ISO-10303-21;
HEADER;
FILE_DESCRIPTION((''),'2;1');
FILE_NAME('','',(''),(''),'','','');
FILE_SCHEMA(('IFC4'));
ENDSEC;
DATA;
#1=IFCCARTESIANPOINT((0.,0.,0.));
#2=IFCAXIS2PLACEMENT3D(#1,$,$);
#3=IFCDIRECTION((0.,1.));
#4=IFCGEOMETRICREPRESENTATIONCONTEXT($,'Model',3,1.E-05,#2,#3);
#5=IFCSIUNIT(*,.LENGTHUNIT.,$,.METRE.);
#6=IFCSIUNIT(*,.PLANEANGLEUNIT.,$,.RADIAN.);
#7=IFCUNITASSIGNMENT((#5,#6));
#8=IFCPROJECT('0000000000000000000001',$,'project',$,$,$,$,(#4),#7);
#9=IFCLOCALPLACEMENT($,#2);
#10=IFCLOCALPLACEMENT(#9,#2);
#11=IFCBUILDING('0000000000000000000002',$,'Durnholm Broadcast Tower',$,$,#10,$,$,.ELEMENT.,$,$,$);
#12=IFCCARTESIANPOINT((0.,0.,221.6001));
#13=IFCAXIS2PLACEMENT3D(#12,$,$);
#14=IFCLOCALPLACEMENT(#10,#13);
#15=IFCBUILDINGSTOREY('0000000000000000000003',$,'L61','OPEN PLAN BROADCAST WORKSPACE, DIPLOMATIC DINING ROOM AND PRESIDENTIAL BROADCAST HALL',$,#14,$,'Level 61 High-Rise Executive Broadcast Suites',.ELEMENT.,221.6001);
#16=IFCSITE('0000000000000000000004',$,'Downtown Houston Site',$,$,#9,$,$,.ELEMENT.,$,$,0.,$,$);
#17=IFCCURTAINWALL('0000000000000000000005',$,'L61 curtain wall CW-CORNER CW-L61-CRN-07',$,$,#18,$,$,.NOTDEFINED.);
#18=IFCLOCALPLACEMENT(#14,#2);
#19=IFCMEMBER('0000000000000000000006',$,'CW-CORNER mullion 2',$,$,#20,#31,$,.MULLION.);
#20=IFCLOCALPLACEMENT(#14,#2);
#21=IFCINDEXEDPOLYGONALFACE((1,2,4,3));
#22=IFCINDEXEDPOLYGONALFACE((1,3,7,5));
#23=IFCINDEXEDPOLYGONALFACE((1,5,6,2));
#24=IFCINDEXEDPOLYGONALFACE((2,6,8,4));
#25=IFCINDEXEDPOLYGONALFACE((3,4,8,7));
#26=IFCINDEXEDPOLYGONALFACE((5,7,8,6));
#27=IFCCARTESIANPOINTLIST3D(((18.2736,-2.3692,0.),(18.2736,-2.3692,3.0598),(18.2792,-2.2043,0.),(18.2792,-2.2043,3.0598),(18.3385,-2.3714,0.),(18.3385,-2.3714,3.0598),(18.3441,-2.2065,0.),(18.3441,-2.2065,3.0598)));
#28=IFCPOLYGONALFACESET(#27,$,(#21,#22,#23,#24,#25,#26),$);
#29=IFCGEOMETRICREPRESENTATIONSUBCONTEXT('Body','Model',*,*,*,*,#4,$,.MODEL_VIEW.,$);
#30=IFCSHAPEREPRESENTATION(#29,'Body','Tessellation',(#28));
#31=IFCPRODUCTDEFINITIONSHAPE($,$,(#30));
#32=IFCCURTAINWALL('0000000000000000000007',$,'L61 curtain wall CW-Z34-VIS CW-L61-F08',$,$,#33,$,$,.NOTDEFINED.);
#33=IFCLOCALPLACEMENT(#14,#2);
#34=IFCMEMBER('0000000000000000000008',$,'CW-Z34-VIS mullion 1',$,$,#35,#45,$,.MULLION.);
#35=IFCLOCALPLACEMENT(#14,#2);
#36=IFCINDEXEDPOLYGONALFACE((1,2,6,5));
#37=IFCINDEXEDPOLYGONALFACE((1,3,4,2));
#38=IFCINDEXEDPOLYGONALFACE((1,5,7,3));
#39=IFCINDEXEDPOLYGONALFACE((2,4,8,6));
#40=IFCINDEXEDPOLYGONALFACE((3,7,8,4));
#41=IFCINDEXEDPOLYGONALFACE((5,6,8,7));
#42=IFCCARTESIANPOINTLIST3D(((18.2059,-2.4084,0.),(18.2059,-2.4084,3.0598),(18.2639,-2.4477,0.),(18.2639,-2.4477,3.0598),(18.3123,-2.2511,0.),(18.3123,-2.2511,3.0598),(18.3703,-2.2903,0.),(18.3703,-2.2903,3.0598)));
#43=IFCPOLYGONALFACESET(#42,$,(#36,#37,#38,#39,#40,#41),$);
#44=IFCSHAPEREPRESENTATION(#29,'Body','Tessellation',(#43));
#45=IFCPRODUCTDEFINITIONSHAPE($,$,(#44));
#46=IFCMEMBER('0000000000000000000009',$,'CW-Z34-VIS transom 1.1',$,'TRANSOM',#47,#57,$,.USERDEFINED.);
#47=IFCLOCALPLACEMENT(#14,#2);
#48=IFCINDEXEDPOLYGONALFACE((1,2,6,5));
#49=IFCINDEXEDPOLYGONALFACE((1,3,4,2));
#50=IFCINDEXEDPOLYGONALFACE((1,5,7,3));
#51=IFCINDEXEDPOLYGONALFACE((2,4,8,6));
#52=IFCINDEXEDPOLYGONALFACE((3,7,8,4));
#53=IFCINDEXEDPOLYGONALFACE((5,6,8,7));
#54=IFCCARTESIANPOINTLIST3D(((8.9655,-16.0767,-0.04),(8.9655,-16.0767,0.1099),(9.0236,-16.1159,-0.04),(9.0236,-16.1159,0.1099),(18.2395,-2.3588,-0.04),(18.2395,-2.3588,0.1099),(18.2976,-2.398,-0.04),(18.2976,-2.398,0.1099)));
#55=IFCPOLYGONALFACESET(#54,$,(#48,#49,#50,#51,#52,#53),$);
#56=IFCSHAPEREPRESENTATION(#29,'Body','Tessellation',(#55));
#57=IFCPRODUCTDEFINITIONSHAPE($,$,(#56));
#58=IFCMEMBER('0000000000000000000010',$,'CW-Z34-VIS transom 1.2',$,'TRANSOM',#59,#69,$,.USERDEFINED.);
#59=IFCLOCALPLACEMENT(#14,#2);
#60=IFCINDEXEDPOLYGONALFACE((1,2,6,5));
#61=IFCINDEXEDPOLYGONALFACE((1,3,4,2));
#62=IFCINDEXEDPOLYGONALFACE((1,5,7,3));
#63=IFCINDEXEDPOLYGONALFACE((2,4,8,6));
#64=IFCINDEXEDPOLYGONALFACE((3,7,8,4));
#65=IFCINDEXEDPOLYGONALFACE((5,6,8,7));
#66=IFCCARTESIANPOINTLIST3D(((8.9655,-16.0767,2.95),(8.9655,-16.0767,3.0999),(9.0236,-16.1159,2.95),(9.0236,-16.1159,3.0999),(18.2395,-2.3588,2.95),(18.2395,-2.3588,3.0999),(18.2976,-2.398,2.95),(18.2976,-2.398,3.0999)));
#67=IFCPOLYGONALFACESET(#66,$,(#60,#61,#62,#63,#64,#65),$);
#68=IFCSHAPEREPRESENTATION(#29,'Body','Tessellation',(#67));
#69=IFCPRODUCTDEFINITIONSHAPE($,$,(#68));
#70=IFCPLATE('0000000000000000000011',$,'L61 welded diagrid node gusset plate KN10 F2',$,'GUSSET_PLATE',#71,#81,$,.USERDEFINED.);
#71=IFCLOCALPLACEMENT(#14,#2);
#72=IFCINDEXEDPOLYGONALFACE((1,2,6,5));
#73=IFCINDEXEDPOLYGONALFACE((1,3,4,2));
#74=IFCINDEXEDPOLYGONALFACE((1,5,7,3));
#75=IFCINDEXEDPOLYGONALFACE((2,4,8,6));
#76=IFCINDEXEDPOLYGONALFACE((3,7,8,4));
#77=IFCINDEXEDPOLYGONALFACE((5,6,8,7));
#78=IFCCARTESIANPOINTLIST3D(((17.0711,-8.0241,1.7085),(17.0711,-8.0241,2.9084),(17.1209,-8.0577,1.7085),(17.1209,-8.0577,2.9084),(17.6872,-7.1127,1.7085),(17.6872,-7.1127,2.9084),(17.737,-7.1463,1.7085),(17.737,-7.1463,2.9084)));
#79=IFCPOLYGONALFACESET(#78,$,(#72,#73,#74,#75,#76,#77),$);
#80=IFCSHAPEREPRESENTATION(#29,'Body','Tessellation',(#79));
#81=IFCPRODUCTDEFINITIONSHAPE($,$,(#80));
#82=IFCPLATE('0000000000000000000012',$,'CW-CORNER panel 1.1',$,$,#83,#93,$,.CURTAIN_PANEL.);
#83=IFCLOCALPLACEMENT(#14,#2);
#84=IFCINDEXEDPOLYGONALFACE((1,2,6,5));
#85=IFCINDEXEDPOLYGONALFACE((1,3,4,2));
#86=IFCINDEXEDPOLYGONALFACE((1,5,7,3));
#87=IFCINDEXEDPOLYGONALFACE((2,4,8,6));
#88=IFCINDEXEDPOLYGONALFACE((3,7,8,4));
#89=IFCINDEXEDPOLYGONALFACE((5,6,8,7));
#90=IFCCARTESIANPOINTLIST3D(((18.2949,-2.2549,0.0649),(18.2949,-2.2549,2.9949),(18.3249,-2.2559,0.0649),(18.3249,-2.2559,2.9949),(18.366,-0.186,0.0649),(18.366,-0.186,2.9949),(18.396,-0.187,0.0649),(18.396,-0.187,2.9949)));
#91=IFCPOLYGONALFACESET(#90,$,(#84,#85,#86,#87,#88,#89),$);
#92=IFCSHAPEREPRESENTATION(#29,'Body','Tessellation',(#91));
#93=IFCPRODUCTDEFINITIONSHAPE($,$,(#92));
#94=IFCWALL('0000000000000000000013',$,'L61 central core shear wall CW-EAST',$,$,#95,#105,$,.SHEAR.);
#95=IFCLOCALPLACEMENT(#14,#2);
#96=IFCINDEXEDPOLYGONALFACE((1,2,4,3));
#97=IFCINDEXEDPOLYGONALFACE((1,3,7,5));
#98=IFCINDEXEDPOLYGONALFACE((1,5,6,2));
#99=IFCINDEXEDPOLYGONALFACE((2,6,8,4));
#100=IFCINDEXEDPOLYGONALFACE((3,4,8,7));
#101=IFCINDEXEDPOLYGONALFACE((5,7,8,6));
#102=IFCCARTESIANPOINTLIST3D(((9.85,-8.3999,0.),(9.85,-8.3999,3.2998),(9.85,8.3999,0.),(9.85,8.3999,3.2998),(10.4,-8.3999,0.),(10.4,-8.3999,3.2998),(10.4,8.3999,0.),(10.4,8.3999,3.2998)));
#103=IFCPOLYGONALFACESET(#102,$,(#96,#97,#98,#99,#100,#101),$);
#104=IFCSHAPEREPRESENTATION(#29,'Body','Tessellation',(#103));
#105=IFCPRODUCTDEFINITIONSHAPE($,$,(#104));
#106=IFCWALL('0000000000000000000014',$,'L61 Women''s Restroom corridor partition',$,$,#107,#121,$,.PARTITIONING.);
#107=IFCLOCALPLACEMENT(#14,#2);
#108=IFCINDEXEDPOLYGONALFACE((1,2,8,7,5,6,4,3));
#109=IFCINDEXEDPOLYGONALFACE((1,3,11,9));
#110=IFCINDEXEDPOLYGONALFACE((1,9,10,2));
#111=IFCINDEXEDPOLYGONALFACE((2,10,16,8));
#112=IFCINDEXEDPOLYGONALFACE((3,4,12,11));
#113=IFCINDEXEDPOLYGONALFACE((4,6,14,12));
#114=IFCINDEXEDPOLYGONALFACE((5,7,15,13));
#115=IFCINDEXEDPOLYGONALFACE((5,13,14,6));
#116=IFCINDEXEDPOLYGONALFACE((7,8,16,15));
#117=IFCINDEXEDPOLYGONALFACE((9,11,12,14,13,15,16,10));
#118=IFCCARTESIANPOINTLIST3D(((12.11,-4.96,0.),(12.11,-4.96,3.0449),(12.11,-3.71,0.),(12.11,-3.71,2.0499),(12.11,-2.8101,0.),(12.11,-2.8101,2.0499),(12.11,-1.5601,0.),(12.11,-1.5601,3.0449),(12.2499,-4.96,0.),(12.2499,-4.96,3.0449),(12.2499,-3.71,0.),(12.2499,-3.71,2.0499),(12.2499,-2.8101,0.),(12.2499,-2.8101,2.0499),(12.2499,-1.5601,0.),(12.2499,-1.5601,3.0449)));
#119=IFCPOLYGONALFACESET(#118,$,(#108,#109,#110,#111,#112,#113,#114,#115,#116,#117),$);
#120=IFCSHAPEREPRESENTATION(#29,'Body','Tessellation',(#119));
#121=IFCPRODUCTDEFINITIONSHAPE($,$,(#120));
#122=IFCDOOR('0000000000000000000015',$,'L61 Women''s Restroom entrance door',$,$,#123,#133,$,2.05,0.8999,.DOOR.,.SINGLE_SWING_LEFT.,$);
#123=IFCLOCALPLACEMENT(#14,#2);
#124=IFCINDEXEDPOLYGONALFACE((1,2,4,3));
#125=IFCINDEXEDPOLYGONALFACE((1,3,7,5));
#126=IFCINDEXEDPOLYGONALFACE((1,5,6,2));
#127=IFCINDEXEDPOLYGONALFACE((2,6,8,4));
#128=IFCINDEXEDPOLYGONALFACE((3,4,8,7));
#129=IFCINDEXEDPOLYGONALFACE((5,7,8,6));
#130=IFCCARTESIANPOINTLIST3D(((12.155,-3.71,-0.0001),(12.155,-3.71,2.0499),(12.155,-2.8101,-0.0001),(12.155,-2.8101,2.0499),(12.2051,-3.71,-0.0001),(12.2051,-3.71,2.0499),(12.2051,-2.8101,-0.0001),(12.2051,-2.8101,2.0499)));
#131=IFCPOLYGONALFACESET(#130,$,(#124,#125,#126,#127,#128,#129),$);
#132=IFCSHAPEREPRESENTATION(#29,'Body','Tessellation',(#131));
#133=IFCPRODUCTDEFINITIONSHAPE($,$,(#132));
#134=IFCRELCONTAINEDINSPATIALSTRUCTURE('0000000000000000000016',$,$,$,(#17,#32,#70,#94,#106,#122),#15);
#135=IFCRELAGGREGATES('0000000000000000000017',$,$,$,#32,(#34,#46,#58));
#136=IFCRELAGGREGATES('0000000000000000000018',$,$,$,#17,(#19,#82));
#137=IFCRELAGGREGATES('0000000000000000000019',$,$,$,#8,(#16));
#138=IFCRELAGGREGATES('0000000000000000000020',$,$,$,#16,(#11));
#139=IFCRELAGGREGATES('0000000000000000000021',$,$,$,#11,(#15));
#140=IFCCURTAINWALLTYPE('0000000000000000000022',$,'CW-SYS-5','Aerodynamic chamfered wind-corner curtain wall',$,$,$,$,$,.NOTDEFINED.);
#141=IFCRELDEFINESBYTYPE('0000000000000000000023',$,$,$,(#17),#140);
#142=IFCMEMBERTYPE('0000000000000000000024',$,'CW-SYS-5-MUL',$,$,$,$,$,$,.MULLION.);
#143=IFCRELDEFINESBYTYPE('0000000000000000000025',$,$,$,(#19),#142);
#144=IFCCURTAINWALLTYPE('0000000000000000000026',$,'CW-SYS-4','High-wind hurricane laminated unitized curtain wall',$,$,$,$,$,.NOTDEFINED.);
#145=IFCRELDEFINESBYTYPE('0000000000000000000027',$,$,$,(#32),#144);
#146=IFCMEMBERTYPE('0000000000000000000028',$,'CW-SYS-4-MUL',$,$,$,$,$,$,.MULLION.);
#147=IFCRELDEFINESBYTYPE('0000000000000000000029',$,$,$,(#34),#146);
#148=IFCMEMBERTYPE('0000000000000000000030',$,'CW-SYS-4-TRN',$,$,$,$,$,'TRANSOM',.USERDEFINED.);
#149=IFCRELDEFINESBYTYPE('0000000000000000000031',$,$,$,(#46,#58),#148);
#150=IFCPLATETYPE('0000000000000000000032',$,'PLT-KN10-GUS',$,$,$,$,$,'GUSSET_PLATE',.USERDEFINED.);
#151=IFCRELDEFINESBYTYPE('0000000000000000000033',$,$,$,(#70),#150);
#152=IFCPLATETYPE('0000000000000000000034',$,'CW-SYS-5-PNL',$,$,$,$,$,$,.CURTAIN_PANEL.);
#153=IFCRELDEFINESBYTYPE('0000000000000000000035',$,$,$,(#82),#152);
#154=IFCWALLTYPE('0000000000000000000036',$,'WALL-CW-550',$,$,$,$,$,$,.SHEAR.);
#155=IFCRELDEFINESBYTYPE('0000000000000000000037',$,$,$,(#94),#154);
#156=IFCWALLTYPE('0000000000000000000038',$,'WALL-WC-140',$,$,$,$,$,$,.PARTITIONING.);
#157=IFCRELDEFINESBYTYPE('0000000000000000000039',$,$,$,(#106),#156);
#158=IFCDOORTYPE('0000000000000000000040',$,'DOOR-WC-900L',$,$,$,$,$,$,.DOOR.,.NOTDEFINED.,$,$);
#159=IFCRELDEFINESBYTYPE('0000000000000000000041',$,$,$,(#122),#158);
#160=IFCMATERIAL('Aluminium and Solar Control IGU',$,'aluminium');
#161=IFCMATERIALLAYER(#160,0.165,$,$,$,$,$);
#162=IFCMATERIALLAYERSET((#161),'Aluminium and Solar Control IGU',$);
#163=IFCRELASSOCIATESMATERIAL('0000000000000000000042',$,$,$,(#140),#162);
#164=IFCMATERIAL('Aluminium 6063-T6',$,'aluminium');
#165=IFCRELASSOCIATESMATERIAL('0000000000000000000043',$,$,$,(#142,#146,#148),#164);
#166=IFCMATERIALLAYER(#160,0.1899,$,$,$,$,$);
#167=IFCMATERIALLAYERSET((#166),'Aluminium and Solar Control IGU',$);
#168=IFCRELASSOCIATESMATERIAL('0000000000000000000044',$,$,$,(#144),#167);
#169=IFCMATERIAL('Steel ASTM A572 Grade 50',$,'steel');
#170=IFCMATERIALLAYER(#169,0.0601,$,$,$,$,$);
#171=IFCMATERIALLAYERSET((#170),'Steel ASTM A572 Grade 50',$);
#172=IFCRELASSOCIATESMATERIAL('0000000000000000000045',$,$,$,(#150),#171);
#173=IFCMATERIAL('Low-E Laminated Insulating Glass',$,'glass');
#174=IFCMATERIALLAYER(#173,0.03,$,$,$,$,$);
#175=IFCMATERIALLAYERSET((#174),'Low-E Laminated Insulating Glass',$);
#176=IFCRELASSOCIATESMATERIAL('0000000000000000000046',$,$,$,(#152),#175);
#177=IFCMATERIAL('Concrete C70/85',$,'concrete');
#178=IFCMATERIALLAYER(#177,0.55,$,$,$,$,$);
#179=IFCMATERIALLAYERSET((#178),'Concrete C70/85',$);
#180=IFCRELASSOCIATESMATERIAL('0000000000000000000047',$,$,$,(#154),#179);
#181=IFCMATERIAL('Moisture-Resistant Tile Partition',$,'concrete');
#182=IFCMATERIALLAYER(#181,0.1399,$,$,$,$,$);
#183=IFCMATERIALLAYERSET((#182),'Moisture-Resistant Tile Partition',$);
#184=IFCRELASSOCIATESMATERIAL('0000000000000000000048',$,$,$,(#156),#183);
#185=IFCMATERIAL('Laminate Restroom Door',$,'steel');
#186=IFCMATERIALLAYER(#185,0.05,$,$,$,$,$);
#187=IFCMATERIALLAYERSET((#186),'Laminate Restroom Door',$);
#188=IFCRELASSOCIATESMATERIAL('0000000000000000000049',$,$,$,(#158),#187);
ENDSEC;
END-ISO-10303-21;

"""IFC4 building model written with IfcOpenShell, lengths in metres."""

from ifc_helpers import new_model, si_unit, direction, frame, frame_2d, origin, origin_2d, place, context, subcontext, project, spatial, rectangle, extrude, source, transform, mapped, material, layer, layer_set, material_profile, profile_set, type_object, type_shapes, element, fill, aggregate, save


model = new_model("IFC4")

# Units and contexts
model_context = context("Model", 3, precision=1e-05, world=origin(), true_north=direction((0.0, 1.0)))
body_context = subcontext(model_context, "Body", "Model", "MODEL_VIEW")
ifc_project = project(units=[si_unit("LENGTHUNIT", "METRE"), si_unit("PLANEANGLEUNIT", "RADIAN")], contexts=[model_context])

# Site, building, storey
site_placement = place(None, origin())
site = spatial("IfcSite", under=ifc_project, at=site_placement, Name="Downtown Houston Site", CompositionType="ELEMENT", RefElevation=0.0)
building_placement = place(site_placement, origin())
building = spatial("IfcBuilding", under=site, at=building_placement, Name="Durnholm Broadcast Tower", CompositionType="ELEMENT")
storey_placement = place(building_placement, frame((0.0, 0.0, 221.6001)))
storey = spatial("IfcBuildingStorey", under=building, at=storey_placement, Name="L61", Description="OPEN PLAN BROADCAST WORKSPACE, DIPLOMATIC DINING ROOM AND PRESIDENTIAL BROADCAST HALL", LongName="Level 61 High-Rise Executive Broadcast Suites", CompositionType="ELEMENT", Elevation=221.6001)

# Shared definitions
ifc_material_1 = material(Name="Concrete C70/85", Category="concrete")

# Curtain wall, member
ifc_material_2 = material(Name="Aluminium and Solar Control IGU", Category="aluminium")
ifc_layer_1 = layer(ifc_material_2, 0.165)
ifc_layer_set_1 = layer_set([ifc_layer_1], Name="Aluminium and Solar Control IGU")
curtain_wall_type_1 = type_object("IfcCurtainWallType", Name="CW-SYS-5", Description="Aerodynamic chamfered wind-corner curtain wall", PredefinedType="NOTDEFINED", material=ifc_layer_set_1)
curtain_wall_1_placement = place(storey_placement, origin())
curtain_wall_1 = element("IfcCurtainWall", 1, at=curtain_wall_1_placement, inside=storey, type_object=curtain_wall_type_1, Name="L61 curtain wall CW-CORNER CW-L61-CRN-07", PredefinedType="NOTDEFINED")
ifc_material_3 = material(Name="Aluminium 6063-T6", Category="aluminium")
ifc_material_profile_1 = material_profile(ifc_material_3, rectangle(XDim=0.0649, YDim=0.165, at=origin_2d()), Name="CWM65X165")
ifc_profile_set_1 = profile_set([ifc_material_profile_1], Name="Aluminium 6063-T6")
member_type_1 = type_object("IfcMemberType", Name="CW-SYS-5-MUL", PredefinedType="MULLION", material=ifc_profile_set_1)
shared_shape_1 = source(origin(), body_context, "Body", "SweptSolid", [
    extrude(rectangle(XDim=0.0649, YDim=0.165, at=origin_2d()), origin(), (0.0, 0.0, 1.0), 3.0598),
])
type_shapes(member_type_1, [shared_shape_1])
member_1_placement = place(storey_placement, frame((18.3088, -2.2878, 0.0), z_axis=(0.0, 0.0, 1.0), x_axis=(0.999411, -0.034318, 0.0)))
member_1 = element("IfcMember", 2, at=member_1_placement, type_object=member_type_1, Name="CW-CORNER mullion 2", PredefinedType="MULLION", context=body_context, shape_type="MappedRepresentation", body=[
    mapped(shared_shape_1, transform((0.0, 0.0, 0.0), x_axis=(1.0, 0.0, 0.0), y_axis=(0.0, 1.0, 0.0), z_axis=(0.0, 0.0, 1.0), scale=1.0)),
])

# Curtain wall, members
ifc_layer_2 = layer(ifc_material_2, 0.1899)
ifc_layer_set_2 = layer_set([ifc_layer_2], Name="Aluminium and Solar Control IGU")
curtain_wall_type_2 = type_object("IfcCurtainWallType", Name="CW-SYS-4", Description="High-wind hurricane laminated unitized curtain wall", PredefinedType="NOTDEFINED", material=ifc_layer_set_2)
curtain_wall_2_placement = place(storey_placement, origin())
curtain_wall_2 = element("IfcCurtainWall", 3, at=curtain_wall_2_placement, inside=storey, type_object=curtain_wall_type_2, Name="L61 curtain wall CW-Z34-VIS CW-L61-F08", PredefinedType="NOTDEFINED")
ifc_material_profile_2 = material_profile(ifc_material_3, rectangle(XDim=0.0701, YDim=0.1899, at=origin_2d()), Name="CWM70X190")
ifc_profile_set_2 = profile_set([ifc_material_profile_2], Name="Aluminium 6063-T6")
member_type_2 = type_object("IfcMemberType", Name="CW-SYS-4-MUL", PredefinedType="MULLION", material=ifc_profile_set_2)
shared_shape_2 = source(origin(), body_context, "Body", "SweptSolid", [
    extrude(rectangle(XDim=0.0701, YDim=0.1899, at=origin_2d()), origin(), (0.0, 0.0, 1.0), 3.0598),
])
type_shapes(member_type_2, [shared_shape_2])
member_2_placement = place(storey_placement, frame((18.2881, -2.3494, 0.0), z_axis=(0.0, 0.0, 1.0), x_axis=(0.828443, -0.560073, 0.0)))
member_2 = element("IfcMember", 4, at=member_2_placement, type_object=member_type_2, Name="CW-Z34-VIS mullion 1", PredefinedType="MULLION", context=body_context, shape_type="MappedRepresentation", body=[
    mapped(shared_shape_2, transform((0.0, 0.0, 0.0), x_axis=(1.0, 0.0, 0.0), y_axis=(0.0, 1.0, 0.0), z_axis=(0.0, 0.0, 1.0), scale=1.0)),
])
ifc_material_profile_3 = material_profile(ifc_material_3, rectangle(XDim=0.0701, YDim=0.1499, at=origin_2d()), Name="CWT70X150")
ifc_profile_set_3 = profile_set([ifc_material_profile_3], Name="Aluminium 6063-T6")
member_type_3 = type_object("IfcMemberType", Name="CW-SYS-4-TRN", ElementType="TRANSOM", PredefinedType="USERDEFINED", material=ifc_profile_set_3)
shared_shape_3 = source(origin(), body_context, "Body", "SweptSolid", [
    extrude(rectangle(XDim=0.0701, YDim=0.1499, at=origin_2d()), origin(), (0.0, 0.0, 1.0), 16.5586),
])
type_shapes(member_type_3, [shared_shape_3])
member_3_placement = place(storey_placement, frame((18.2686, -2.3784, 0.0349), z_axis=(-0.560071, -0.828444, 0.0), x_axis=(0.828444, -0.560071, 0.0)))
member_3 = element("IfcMember", 5, at=member_3_placement, type_object=member_type_3, Name="CW-Z34-VIS transom 1.1", ObjectType="TRANSOM", PredefinedType="USERDEFINED", context=body_context, shape_type="MappedRepresentation", body=[
    mapped(shared_shape_3, transform((0.0, 0.0, 0.0), x_axis=(1.0, 0.0, 0.0), y_axis=(0.0, 1.0, 0.0), z_axis=(0.0, 0.0, 1.0), scale=1.0)),
])
member_4_placement = place(storey_placement, frame((18.2686, -2.3784, 3.0249), z_axis=(-0.560071, -0.828444, 0.0), x_axis=(0.828444, -0.560071, 0.0)))
member_4 = element("IfcMember", 6, at=member_4_placement, type_object=member_type_3, Name="CW-Z34-VIS transom 1.2", ObjectType="TRANSOM", PredefinedType="USERDEFINED", context=body_context, shape_type="MappedRepresentation", body=[
    mapped(shared_shape_3, transform((0.0, 0.0, 0.0), x_axis=(1.0, 0.0, 0.0), y_axis=(0.0, 1.0, 0.0), z_axis=(0.0, 0.0, 1.0), scale=1.0)),
])
aggregate(curtain_wall_2, [member_2, member_3, member_4])

# Plates
ifc_material_4 = material(Name="Steel ASTM A572 Grade 50", Category="steel")
ifc_layer_3 = layer(ifc_material_4, 0.0601)
ifc_layer_set_3 = layer_set([ifc_layer_3], Name="Steel ASTM A572 Grade 50")
plate_type_1 = type_object("IfcPlateType", Name="PLT-KN10-GUS", ElementType="GUSSET_PLATE", PredefinedType="USERDEFINED", material=ifc_layer_set_3)
shared_shape_4 = source(origin(), body_context, "Body", "SweptSolid", [
    extrude(rectangle(XDim=1.1001, YDim=0.0601, at=origin_2d()), origin(), (0.0, 0.0, 1.0), 1.2),
])
type_shapes(plate_type_1, [shared_shape_4])
plate_1_placement = place(storey_placement, frame((17.4041, -7.5852, 1.7085), z_axis=(0.0, 0.0, 1.0), x_axis=(0.560061, 0.828452, 0.0)))
element("IfcPlate", 7, at=plate_1_placement, inside=storey, type_object=plate_type_1, Name="L61 welded diagrid node gusset plate KN10 F2", ObjectType="GUSSET_PLATE", PredefinedType="USERDEFINED", context=body_context, shape_type="MappedRepresentation", body=[
    mapped(shared_shape_4, transform((0.0, 0.0, 0.0), x_axis=(1.0, 0.0, 0.0), y_axis=(0.0, 1.0, 0.0), z_axis=(0.0, 0.0, 1.0), scale=1.0)),
])
ifc_material_5 = material(Name="Low-E Laminated Insulating Glass", Category="glass")
ifc_layer_4 = layer(ifc_material_5, 0.03)
ifc_layer_set_4 = layer_set([ifc_layer_4], Name="Low-E Laminated Insulating Glass")
plate_type_2 = type_object("IfcPlateType", Name="CW-SYS-5-PNL", PredefinedType="CURTAIN_PANEL", material=ifc_layer_set_4)
shared_shape_5 = source(origin(), body_context, "Body", "SweptSolid", [
    extrude(rectangle(XDim=2.0701, YDim=0.03, at=origin_2d()), origin(), (0.0, 0.0, 1.0), 2.9299),
])
type_shapes(plate_type_2, [shared_shape_5])
plate_2_placement = place(storey_placement, frame((18.3455, -1.2209, 0.0649), z_axis=(0.0, 0.0, 1.0), x_axis=(-0.034318, -0.999411, 0.0)))
plate_2 = element("IfcPlate", 8, at=plate_2_placement, type_object=plate_type_2, Name="CW-CORNER panel 1.1", PredefinedType="CURTAIN_PANEL", context=body_context, shape_type="MappedRepresentation", body=[
    mapped(shared_shape_5, transform((0.0, 0.0, 0.0), x_axis=(1.0, 0.0, 0.0), y_axis=(0.0, 1.0, 0.0), z_axis=(0.0, 0.0, 1.0), scale=1.0)),
])
aggregate(curtain_wall_1, [member_1, plate_2])

# Wall
ifc_layer_5 = layer(ifc_material_1, 0.55)
ifc_layer_set_5 = layer_set([ifc_layer_5], Name="Concrete C70/85")
wall_type_1 = type_object("IfcWallType", Name="WALL-CW-550", PredefinedType="SHEAR", material=ifc_layer_set_5)
wall_1_placement = place(storey_placement, frame((10.125, -8.3999, 0.0), z_axis=(0.0, 0.0, 1.0), x_axis=(0.0, 1.0, 0.0)))
element("IfcWall", 9, at=wall_1_placement, inside=storey, type_object=wall_type_1, Name="L61 central core shear wall CW-EAST", PredefinedType="SHEAR", context=body_context, shape_type="SweptSolid", body=[
    extrude(rectangle(XDim=16.7998, YDim=0.55, at=frame_2d((8.3999, 0.0))), origin(), (0.0, 0.0, 1.0), 3.2998),
])

# Wall, opening, door
ifc_material_6 = material(Name="Moisture-Resistant Tile Partition", Category="concrete")
ifc_layer_6 = layer(ifc_material_6, 0.1399)
ifc_layer_set_6 = layer_set([ifc_layer_6], Name="Moisture-Resistant Tile Partition")
wall_type_2 = type_object("IfcWallType", Name="WALL-WC-140", PredefinedType="PARTITIONING", material=ifc_layer_set_6)
wall_2_placement = place(storey_placement, frame((12.1799, -4.96, 0.0), z_axis=(0.0, 0.0, 1.0), x_axis=(0.0, 1.0, 0.0)))
wall_2 = element("IfcWall", 10, at=wall_2_placement, inside=storey, type_object=wall_type_2, Name="L61 Women's Restroom corridor partition", PredefinedType="PARTITIONING", context=body_context, shape_type="SweptSolid", body=[
    extrude(rectangle(XDim=3.3999, YDim=0.1399, at=frame_2d((1.7, 0.0))), origin(), (0.0, 0.0, 1.0), 3.0449),
])
opening_1_placement = place(wall_2_placement, frame((1.25, 0.0, 0.0)))
opening_1 = element("IfcOpeningElement", 11, at=opening_1_placement, cuts=wall_2, PredefinedType="OPENING", context=body_context, shape_type="SweptSolid", body=[
    extrude(rectangle(XDim=0.8999, YDim=2.05, at=frame_2d((0.45, 1.0249))), frame((0.0, 0.0801, 0.0), z_axis=(0.0, -1.0, 0.0), x_axis=(1.0, 0.0, 0.0)), (0.0, 0.0, 1.0), 0.1599),
])
ifc_material_7 = material(Name="Laminate Restroom Door", Category="steel")
ifc_layer_7 = layer(ifc_material_7, 0.05)
ifc_layer_set_7 = layer_set([ifc_layer_7], Name="Laminate Restroom Door")
door_type_1 = type_object("IfcDoorType", Name="DOOR-WC-900L", OperationType="NOTDEFINED", PredefinedType="DOOR", material=ifc_layer_set_7)
shared_shape_6 = source(origin(), body_context, "Body", "SweptSolid", [
    extrude(rectangle(XDim=0.8999, YDim=2.05, at=frame_2d((0.45, 1.0249))), frame((0.0, 0.0249, 0.0), z_axis=(0.0, -1.0, 0.0), x_axis=(1.0, 0.0, 0.0)), (0.0, 0.0, 1.0), 0.05),
])
type_shapes(door_type_1, [shared_shape_6])
door_1_placement = place(opening_1_placement, origin())
door_1 = element("IfcDoor", 12, at=door_1_placement, inside=storey, type_object=door_type_1, Name="L61 Women's Restroom entrance door", OperationType="SINGLE_SWING_LEFT", OverallHeight=2.05, OverallWidth=0.8999, PredefinedType="DOOR", context=body_context, shape_type="MappedRepresentation", body=[
    mapped(shared_shape_6, transform((0.0, 0.0, 0.0), x_axis=(1.0, 0.0, 0.0), y_axis=(0.0, 1.0, 0.0), z_axis=(0.0, 0.0, 1.0), scale=1.0)),
])
fill(opening_1, door_1)

save(model, "model.ifc")
